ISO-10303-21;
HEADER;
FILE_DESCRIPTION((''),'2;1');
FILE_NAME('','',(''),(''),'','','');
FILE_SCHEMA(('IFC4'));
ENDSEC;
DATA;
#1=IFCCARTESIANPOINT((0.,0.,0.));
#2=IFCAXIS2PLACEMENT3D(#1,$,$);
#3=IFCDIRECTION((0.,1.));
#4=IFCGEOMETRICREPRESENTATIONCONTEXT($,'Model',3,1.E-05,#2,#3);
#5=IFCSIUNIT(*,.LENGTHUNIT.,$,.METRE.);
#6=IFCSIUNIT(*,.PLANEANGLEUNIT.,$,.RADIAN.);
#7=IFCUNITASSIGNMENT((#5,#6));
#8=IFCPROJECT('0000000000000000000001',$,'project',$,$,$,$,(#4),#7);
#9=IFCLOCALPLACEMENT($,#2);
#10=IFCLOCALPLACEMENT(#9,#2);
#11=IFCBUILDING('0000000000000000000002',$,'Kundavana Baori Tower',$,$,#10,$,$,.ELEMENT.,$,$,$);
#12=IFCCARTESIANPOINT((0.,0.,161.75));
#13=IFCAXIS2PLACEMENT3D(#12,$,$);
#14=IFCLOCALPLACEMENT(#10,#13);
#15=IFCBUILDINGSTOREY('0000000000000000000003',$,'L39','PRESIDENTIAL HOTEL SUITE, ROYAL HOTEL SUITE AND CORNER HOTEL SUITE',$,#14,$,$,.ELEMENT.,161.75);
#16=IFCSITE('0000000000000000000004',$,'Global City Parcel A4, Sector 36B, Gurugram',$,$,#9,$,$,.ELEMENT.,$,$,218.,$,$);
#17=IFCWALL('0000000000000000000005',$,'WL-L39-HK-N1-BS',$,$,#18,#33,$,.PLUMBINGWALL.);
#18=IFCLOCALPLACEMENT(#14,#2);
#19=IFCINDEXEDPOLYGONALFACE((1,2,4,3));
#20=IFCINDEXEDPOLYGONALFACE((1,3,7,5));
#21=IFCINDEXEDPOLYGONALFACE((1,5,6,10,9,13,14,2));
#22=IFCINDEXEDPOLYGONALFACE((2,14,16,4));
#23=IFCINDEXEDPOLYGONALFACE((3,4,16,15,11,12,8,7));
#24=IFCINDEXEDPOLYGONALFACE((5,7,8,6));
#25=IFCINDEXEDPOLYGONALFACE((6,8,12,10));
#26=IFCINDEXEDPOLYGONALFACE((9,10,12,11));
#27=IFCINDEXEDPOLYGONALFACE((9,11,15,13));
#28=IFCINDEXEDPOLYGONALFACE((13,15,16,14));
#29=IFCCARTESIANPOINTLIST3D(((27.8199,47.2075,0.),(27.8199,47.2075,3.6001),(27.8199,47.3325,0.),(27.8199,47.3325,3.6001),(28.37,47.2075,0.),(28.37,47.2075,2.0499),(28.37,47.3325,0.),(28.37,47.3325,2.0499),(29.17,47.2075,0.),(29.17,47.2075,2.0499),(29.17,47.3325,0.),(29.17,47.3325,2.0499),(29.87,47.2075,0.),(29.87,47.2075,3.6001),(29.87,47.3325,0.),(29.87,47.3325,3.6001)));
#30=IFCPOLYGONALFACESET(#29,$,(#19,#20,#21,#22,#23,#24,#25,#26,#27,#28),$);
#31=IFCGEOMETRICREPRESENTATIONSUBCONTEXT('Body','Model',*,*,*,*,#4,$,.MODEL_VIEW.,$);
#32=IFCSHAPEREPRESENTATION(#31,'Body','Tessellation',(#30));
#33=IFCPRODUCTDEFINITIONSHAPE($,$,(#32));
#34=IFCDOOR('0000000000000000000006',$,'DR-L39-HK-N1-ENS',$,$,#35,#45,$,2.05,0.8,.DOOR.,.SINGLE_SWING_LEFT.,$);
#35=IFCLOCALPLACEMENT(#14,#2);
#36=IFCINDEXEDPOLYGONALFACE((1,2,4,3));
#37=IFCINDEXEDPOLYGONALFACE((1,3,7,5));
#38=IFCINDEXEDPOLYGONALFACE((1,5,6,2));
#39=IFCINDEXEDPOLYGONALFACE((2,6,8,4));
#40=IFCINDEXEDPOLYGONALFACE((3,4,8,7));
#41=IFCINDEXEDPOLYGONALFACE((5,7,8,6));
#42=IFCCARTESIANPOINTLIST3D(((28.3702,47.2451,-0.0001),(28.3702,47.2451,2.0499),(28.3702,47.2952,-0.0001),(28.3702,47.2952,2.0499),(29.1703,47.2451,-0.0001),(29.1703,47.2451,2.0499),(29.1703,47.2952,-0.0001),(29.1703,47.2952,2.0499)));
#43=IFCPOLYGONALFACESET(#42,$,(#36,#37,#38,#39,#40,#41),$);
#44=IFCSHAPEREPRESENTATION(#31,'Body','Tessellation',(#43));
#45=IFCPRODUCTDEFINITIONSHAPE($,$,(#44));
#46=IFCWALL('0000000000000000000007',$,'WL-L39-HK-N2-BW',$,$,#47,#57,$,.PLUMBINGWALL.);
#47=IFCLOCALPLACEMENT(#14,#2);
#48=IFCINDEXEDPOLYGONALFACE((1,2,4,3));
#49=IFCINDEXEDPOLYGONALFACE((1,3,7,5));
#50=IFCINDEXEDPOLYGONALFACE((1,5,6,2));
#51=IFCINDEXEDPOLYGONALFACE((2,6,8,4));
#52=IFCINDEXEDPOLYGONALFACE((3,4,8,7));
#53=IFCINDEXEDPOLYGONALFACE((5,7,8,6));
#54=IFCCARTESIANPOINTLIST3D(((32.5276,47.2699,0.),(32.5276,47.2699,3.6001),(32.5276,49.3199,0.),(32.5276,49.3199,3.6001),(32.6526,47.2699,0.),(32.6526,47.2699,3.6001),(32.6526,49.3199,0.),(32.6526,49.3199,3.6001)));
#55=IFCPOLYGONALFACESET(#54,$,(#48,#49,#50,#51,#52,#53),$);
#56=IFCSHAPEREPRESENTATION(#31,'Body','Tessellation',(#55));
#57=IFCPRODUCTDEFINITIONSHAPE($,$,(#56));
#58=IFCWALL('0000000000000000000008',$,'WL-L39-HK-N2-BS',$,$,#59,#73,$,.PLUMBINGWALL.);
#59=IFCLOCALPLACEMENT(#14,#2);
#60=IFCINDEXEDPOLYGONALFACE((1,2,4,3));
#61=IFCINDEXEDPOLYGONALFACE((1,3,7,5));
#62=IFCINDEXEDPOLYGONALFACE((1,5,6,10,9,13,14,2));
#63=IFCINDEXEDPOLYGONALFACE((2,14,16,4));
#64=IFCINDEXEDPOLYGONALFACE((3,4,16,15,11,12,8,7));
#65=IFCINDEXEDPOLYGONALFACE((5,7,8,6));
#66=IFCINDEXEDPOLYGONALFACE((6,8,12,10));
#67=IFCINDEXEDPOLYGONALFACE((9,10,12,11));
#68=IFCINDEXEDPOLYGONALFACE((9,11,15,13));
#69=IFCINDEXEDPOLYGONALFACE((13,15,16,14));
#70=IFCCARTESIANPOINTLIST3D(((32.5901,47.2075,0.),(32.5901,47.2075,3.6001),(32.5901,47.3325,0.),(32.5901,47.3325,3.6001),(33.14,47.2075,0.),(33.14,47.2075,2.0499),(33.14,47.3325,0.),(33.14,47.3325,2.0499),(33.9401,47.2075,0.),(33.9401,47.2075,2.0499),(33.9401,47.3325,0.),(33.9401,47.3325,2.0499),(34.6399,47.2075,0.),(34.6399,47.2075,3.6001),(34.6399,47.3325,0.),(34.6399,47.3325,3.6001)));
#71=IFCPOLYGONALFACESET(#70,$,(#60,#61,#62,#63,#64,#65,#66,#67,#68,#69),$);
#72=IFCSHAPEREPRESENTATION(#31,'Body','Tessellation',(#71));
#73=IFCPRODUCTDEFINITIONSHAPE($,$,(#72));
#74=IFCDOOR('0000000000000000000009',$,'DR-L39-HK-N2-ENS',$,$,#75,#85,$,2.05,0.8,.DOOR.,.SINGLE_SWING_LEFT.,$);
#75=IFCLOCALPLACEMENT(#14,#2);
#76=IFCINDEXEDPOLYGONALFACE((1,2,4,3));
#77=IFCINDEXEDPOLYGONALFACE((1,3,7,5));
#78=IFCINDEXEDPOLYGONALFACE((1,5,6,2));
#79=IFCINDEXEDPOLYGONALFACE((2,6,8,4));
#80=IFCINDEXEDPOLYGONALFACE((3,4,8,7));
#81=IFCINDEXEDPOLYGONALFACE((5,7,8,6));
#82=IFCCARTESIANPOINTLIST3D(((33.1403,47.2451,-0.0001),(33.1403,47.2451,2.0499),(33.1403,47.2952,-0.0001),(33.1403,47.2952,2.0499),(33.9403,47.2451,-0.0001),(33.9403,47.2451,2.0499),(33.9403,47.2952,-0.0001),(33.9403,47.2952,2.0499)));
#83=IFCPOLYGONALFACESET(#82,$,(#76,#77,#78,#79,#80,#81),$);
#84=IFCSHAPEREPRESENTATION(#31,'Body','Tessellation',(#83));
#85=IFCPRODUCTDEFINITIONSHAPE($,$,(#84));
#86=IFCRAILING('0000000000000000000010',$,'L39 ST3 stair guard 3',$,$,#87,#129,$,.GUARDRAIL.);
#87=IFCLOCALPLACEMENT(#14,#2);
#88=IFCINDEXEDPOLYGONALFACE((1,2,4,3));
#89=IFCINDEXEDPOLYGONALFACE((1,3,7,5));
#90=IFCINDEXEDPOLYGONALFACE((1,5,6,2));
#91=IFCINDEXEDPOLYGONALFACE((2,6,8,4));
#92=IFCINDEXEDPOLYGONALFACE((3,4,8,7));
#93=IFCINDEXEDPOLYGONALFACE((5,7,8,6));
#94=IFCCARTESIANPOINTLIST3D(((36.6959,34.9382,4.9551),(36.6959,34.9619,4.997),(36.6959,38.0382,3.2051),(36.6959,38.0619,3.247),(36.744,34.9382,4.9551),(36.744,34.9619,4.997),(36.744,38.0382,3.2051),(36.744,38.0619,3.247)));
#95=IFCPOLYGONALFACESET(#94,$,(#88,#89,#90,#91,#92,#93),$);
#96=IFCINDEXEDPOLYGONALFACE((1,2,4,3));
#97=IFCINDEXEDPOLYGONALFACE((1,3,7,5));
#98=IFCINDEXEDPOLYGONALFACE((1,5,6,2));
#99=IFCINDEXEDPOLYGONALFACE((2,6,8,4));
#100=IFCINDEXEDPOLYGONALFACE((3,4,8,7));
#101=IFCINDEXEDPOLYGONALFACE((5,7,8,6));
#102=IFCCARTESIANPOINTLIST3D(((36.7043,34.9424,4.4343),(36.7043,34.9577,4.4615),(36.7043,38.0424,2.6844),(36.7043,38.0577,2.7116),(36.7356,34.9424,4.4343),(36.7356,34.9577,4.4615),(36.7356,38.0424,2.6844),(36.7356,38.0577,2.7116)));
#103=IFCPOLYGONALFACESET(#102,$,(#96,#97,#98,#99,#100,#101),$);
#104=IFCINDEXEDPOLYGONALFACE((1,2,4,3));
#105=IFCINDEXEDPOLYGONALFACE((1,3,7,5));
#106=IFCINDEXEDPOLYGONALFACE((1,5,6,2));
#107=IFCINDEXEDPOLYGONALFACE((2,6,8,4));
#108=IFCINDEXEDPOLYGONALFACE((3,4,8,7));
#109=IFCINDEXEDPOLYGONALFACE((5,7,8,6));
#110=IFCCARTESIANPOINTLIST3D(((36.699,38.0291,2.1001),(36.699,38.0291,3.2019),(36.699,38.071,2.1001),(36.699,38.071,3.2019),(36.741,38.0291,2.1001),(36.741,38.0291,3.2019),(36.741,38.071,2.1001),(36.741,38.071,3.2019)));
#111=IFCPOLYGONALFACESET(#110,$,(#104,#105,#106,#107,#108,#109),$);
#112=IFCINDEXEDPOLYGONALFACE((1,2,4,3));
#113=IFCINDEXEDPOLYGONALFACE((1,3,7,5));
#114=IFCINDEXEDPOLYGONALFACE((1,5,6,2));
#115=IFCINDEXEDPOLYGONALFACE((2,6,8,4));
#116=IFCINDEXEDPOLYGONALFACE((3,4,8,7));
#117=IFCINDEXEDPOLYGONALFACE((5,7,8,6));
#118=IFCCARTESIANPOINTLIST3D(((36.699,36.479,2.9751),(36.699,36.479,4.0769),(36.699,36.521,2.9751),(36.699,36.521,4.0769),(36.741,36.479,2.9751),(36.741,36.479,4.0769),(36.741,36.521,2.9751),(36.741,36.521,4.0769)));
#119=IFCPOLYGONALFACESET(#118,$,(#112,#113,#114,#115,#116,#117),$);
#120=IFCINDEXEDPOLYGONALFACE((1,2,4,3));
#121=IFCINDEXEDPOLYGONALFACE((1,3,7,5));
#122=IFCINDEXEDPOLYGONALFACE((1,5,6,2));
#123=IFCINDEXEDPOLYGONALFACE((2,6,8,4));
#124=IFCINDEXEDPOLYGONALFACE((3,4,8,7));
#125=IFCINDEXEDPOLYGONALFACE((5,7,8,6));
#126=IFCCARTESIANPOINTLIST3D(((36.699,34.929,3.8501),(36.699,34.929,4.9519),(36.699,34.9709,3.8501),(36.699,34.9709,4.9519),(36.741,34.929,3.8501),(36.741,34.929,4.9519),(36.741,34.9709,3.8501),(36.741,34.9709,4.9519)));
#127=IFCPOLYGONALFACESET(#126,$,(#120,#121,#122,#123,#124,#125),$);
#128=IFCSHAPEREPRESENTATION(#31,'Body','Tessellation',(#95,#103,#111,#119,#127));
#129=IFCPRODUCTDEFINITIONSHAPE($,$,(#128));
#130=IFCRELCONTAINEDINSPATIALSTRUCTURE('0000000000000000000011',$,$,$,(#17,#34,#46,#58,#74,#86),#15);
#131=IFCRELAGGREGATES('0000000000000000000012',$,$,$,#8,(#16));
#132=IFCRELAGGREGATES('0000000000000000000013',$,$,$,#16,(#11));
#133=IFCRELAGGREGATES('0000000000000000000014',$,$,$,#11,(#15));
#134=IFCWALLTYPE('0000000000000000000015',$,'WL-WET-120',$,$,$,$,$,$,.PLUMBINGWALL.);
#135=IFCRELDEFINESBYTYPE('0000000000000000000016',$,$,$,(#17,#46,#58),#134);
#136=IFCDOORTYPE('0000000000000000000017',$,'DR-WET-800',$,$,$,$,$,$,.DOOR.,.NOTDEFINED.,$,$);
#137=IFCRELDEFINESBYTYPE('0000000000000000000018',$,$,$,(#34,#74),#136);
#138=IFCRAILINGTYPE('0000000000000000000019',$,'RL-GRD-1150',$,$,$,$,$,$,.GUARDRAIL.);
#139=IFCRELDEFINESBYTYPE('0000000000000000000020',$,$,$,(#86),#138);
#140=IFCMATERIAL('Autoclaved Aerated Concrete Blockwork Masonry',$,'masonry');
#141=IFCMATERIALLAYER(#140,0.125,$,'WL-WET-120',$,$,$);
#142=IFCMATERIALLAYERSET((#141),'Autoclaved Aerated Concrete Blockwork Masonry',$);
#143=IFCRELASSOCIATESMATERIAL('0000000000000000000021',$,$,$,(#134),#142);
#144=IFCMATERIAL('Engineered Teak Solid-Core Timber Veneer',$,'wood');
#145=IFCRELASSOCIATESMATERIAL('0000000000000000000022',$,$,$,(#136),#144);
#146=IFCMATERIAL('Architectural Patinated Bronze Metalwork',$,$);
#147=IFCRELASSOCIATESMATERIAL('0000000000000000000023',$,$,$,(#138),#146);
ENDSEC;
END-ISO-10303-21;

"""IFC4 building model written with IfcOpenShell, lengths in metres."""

from ifc_helpers import new_model, si_unit, direction, frame, frame_2d, origin, origin_2d, place, context, subcontext, project, spatial, rectangle, extrude, material, layer, layer_set, type_object, element, fill, save


model = new_model("IFC4")

# Units and contexts
model_context = context("Model", 3, precision=1e-05, world=origin(), true_north=direction((0.0, 1.0)))
body_context = subcontext(model_context, "Body", "Model", "MODEL_VIEW")
ifc_project = project(units=[si_unit("LENGTHUNIT", "METRE"), si_unit("PLANEANGLEUNIT", "RADIAN")], contexts=[model_context])

# Site, building, storey
site_placement = place(None, origin())
site = spatial("IfcSite", under=ifc_project, at=site_placement, Name="Global City Parcel A4, Sector 36B, Gurugram", CompositionType="ELEMENT", RefElevation=218.0)
building_placement = place(site_placement, origin())
building = spatial("IfcBuilding", under=site, at=building_placement, Name="Kundavana Baori Tower", CompositionType="ELEMENT")
storey_placement = place(building_placement, frame((0.0, 0.0, 161.75)))
storey = spatial("IfcBuildingStorey", under=building, at=storey_placement, Name="L39", Description="PRESIDENTIAL HOTEL SUITE, ROYAL HOTEL SUITE AND CORNER HOTEL SUITE", CompositionType="ELEMENT", Elevation=161.75)

# Shared definitions
ifc_material_1 = material(Name="Autoclaved Aerated Concrete Blockwork Masonry", Category="masonry")
ifc_layer_1 = layer(ifc_material_1, 0.125, Name="WL-WET-120")
ifc_layer_set_1 = layer_set([ifc_layer_1], Name="Autoclaved Aerated Concrete Blockwork Masonry")
wall_type_1 = type_object("IfcWallType", Name="WL-WET-120", PredefinedType="PLUMBINGWALL", material=ifc_layer_set_1)

# Wall, opening, door
wall_1_placement = place(storey_placement, frame((27.8201, 47.27, 0.0), z_axis=(0.0, 0.0, 1.0), x_axis=(1.0, 0.0, 0.0)))
wall_1 = element("IfcWall", 1, at=wall_1_placement, inside=storey, type_object=wall_type_1, Name="WL-L39-HK-N1-BS", PredefinedType="PLUMBINGWALL", context=body_context, shape_type="SweptSolid", body=[
    extrude(rectangle(XDim=2.05, YDim=0.125, at=frame_2d((1.0249, 0.0))), origin(), (0.0, 0.0, 1.0), 3.6001),
])
opening_1_placement = place(wall_1_placement, frame((0.55, 0.0, 0.0)))
opening_1 = element("IfcOpeningElement", 2, at=opening_1_placement, cuts=wall_1, PredefinedType="OPENING", context=body_context, shape_type="SweptSolid", body=[
    extrude(rectangle(XDim=0.8, YDim=2.05, at=frame_2d((0.3999, 1.0249))), frame((0.0, 0.0725, 0.0), z_axis=(0.0, -1.0, 0.0), x_axis=(1.0, 0.0, 0.0)), (0.0, 0.0, 1.0), 0.145),
])
ifc_material_2 = material(Name="Engineered Teak Solid-Core Timber Veneer", Category="wood")
door_type = type_object("IfcDoorType", Name="DR-WET-800", OperationType="NOTDEFINED", PredefinedType="DOOR", material=ifc_material_2)
door_1_placement = place(opening_1_placement, frame((0.8, 0.0, 0.0), z_axis=(0.0, 0.0, 1.0), x_axis=(-1.0, 0.0, 0.0)))
door_1 = element("IfcDoor", 3, at=door_1_placement, inside=storey, type_object=door_type, Name="DR-L39-HK-N1-ENS", OperationType="SINGLE_SWING_LEFT", OverallHeight=2.05, OverallWidth=0.8, PredefinedType="DOOR", context=body_context, shape_type="SweptSolid", body=[
    extrude(rectangle(XDim=0.8, YDim=2.05, at=frame_2d((0.3999, 1.0249))), frame((0.0, 0.0249, 0.0), z_axis=(0.0, -1.0, 0.0), x_axis=(1.0, 0.0, 0.0)), (0.0, 0.0, 1.0), 0.05),
])
fill(opening_1, door_1)

# Wall
wall_2_placement = place(storey_placement, frame((32.5901, 47.27, 0.0), z_axis=(0.0, 0.0, 1.0), x_axis=(0.0, 1.0, 0.0)))
element("IfcWall", 4, at=wall_2_placement, inside=storey, type_object=wall_type_1, Name="WL-L39-HK-N2-BW", PredefinedType="PLUMBINGWALL", context=body_context, shape_type="SweptSolid", body=[
    extrude(rectangle(XDim=2.05, YDim=0.125, at=frame_2d((1.0249, 0.0))), origin(), (0.0, 0.0, 1.0), 3.6001),
])

# Wall, opening, door
wall_3_placement = place(storey_placement, frame((32.5901, 47.27, 0.0), z_axis=(0.0, 0.0, 1.0), x_axis=(1.0, 0.0, 0.0)))
wall_3 = element("IfcWall", 5, at=wall_3_placement, inside=storey, type_object=wall_type_1, Name="WL-L39-HK-N2-BS", PredefinedType="PLUMBINGWALL", context=body_context, shape_type="SweptSolid", body=[
    extrude(rectangle(XDim=2.0498, YDim=0.125, at=frame_2d((1.0249, 0.0))), origin(), (0.0, 0.0, 1.0), 3.6001),
])
opening_2_placement = place(wall_3_placement, frame((0.55, 0.0, 0.0)))
opening_2 = element("IfcOpeningElement", 6, at=opening_2_placement, cuts=wall_3, PredefinedType="OPENING", context=body_context, shape_type="SweptSolid", body=[
    extrude(rectangle(XDim=0.8, YDim=2.05, at=frame_2d((0.3999, 1.0249))), frame((0.0, 0.0725, 0.0), z_axis=(0.0, -1.0, 0.0), x_axis=(1.0, 0.0, 0.0)), (0.0, 0.0, 1.0), 0.145),
])
door_2_placement = place(opening_2_placement, frame((0.8, 0.0, 0.0), z_axis=(0.0, 0.0, 1.0), x_axis=(-1.0, 0.0, 0.0)))
door_2 = element("IfcDoor", 7, at=door_2_placement, inside=storey, type_object=door_type, Name="DR-L39-HK-N2-ENS", OperationType="SINGLE_SWING_LEFT", OverallHeight=2.05, OverallWidth=0.8, PredefinedType="DOOR", context=body_context, shape_type="SweptSolid", body=[
    extrude(rectangle(XDim=0.8, YDim=2.05, at=frame_2d((0.3999, 1.0249))), frame((0.0, 0.0249, 0.0), z_axis=(0.0, -1.0, 0.0), x_axis=(1.0, 0.0, 0.0)), (0.0, 0.0, 1.0), 0.05),
])
fill(opening_2, door_2)

# Railing
ifc_material_3 = material(Name="Architectural Patinated Bronze Metalwork")
railing_type = type_object("IfcRailingType", Name="RL-GRD-1150", PredefinedType="GUARDRAIL", material=ifc_material_3)
railing_placement = place(storey_placement, frame((36.72, 38.05, 2.1001)))
element("IfcRailing", 8, at=railing_placement, inside=storey, type_object=railing_type, Name="L39 ST3 stair guard 3", PredefinedType="GUARDRAIL", context=body_context, shape_type="SweptSolid", body=[
    extrude(rectangle(XDim=0.0481, YDim=0.0481, at=origin_2d()), frame((0.0, 0.0, 1.126), z_axis=(0.0, -0.870831, 0.491583), x_axis=(1.0, 0.0, 0.0)), (0.0, 0.0, 1.0), 3.5598),
    extrude(rectangle(XDim=0.0312, YDim=0.0312, at=origin_2d()), frame((0.0, 0.0, 0.5979), z_axis=(0.0, -0.870831, 0.491583), x_axis=(1.0, 0.0, 0.0)), (0.0, 0.0, 1.0), 3.5598),
    extrude(rectangle(XDim=0.042, YDim=0.042, at=origin_2d()), origin(), (0.0, 0.0, 1.0), 1.1018),
    extrude(rectangle(XDim=0.042, YDim=0.042, at=origin_2d()), frame((0.0, -1.55, 0.875)), (0.0, 0.0, 1.0), 1.1018),
    extrude(rectangle(XDim=0.042, YDim=0.042, at=origin_2d()), frame((0.0, -3.1001, 1.75)), (0.0, 0.0, 1.0), 1.1018),
])

save(model, "model.ifc")
